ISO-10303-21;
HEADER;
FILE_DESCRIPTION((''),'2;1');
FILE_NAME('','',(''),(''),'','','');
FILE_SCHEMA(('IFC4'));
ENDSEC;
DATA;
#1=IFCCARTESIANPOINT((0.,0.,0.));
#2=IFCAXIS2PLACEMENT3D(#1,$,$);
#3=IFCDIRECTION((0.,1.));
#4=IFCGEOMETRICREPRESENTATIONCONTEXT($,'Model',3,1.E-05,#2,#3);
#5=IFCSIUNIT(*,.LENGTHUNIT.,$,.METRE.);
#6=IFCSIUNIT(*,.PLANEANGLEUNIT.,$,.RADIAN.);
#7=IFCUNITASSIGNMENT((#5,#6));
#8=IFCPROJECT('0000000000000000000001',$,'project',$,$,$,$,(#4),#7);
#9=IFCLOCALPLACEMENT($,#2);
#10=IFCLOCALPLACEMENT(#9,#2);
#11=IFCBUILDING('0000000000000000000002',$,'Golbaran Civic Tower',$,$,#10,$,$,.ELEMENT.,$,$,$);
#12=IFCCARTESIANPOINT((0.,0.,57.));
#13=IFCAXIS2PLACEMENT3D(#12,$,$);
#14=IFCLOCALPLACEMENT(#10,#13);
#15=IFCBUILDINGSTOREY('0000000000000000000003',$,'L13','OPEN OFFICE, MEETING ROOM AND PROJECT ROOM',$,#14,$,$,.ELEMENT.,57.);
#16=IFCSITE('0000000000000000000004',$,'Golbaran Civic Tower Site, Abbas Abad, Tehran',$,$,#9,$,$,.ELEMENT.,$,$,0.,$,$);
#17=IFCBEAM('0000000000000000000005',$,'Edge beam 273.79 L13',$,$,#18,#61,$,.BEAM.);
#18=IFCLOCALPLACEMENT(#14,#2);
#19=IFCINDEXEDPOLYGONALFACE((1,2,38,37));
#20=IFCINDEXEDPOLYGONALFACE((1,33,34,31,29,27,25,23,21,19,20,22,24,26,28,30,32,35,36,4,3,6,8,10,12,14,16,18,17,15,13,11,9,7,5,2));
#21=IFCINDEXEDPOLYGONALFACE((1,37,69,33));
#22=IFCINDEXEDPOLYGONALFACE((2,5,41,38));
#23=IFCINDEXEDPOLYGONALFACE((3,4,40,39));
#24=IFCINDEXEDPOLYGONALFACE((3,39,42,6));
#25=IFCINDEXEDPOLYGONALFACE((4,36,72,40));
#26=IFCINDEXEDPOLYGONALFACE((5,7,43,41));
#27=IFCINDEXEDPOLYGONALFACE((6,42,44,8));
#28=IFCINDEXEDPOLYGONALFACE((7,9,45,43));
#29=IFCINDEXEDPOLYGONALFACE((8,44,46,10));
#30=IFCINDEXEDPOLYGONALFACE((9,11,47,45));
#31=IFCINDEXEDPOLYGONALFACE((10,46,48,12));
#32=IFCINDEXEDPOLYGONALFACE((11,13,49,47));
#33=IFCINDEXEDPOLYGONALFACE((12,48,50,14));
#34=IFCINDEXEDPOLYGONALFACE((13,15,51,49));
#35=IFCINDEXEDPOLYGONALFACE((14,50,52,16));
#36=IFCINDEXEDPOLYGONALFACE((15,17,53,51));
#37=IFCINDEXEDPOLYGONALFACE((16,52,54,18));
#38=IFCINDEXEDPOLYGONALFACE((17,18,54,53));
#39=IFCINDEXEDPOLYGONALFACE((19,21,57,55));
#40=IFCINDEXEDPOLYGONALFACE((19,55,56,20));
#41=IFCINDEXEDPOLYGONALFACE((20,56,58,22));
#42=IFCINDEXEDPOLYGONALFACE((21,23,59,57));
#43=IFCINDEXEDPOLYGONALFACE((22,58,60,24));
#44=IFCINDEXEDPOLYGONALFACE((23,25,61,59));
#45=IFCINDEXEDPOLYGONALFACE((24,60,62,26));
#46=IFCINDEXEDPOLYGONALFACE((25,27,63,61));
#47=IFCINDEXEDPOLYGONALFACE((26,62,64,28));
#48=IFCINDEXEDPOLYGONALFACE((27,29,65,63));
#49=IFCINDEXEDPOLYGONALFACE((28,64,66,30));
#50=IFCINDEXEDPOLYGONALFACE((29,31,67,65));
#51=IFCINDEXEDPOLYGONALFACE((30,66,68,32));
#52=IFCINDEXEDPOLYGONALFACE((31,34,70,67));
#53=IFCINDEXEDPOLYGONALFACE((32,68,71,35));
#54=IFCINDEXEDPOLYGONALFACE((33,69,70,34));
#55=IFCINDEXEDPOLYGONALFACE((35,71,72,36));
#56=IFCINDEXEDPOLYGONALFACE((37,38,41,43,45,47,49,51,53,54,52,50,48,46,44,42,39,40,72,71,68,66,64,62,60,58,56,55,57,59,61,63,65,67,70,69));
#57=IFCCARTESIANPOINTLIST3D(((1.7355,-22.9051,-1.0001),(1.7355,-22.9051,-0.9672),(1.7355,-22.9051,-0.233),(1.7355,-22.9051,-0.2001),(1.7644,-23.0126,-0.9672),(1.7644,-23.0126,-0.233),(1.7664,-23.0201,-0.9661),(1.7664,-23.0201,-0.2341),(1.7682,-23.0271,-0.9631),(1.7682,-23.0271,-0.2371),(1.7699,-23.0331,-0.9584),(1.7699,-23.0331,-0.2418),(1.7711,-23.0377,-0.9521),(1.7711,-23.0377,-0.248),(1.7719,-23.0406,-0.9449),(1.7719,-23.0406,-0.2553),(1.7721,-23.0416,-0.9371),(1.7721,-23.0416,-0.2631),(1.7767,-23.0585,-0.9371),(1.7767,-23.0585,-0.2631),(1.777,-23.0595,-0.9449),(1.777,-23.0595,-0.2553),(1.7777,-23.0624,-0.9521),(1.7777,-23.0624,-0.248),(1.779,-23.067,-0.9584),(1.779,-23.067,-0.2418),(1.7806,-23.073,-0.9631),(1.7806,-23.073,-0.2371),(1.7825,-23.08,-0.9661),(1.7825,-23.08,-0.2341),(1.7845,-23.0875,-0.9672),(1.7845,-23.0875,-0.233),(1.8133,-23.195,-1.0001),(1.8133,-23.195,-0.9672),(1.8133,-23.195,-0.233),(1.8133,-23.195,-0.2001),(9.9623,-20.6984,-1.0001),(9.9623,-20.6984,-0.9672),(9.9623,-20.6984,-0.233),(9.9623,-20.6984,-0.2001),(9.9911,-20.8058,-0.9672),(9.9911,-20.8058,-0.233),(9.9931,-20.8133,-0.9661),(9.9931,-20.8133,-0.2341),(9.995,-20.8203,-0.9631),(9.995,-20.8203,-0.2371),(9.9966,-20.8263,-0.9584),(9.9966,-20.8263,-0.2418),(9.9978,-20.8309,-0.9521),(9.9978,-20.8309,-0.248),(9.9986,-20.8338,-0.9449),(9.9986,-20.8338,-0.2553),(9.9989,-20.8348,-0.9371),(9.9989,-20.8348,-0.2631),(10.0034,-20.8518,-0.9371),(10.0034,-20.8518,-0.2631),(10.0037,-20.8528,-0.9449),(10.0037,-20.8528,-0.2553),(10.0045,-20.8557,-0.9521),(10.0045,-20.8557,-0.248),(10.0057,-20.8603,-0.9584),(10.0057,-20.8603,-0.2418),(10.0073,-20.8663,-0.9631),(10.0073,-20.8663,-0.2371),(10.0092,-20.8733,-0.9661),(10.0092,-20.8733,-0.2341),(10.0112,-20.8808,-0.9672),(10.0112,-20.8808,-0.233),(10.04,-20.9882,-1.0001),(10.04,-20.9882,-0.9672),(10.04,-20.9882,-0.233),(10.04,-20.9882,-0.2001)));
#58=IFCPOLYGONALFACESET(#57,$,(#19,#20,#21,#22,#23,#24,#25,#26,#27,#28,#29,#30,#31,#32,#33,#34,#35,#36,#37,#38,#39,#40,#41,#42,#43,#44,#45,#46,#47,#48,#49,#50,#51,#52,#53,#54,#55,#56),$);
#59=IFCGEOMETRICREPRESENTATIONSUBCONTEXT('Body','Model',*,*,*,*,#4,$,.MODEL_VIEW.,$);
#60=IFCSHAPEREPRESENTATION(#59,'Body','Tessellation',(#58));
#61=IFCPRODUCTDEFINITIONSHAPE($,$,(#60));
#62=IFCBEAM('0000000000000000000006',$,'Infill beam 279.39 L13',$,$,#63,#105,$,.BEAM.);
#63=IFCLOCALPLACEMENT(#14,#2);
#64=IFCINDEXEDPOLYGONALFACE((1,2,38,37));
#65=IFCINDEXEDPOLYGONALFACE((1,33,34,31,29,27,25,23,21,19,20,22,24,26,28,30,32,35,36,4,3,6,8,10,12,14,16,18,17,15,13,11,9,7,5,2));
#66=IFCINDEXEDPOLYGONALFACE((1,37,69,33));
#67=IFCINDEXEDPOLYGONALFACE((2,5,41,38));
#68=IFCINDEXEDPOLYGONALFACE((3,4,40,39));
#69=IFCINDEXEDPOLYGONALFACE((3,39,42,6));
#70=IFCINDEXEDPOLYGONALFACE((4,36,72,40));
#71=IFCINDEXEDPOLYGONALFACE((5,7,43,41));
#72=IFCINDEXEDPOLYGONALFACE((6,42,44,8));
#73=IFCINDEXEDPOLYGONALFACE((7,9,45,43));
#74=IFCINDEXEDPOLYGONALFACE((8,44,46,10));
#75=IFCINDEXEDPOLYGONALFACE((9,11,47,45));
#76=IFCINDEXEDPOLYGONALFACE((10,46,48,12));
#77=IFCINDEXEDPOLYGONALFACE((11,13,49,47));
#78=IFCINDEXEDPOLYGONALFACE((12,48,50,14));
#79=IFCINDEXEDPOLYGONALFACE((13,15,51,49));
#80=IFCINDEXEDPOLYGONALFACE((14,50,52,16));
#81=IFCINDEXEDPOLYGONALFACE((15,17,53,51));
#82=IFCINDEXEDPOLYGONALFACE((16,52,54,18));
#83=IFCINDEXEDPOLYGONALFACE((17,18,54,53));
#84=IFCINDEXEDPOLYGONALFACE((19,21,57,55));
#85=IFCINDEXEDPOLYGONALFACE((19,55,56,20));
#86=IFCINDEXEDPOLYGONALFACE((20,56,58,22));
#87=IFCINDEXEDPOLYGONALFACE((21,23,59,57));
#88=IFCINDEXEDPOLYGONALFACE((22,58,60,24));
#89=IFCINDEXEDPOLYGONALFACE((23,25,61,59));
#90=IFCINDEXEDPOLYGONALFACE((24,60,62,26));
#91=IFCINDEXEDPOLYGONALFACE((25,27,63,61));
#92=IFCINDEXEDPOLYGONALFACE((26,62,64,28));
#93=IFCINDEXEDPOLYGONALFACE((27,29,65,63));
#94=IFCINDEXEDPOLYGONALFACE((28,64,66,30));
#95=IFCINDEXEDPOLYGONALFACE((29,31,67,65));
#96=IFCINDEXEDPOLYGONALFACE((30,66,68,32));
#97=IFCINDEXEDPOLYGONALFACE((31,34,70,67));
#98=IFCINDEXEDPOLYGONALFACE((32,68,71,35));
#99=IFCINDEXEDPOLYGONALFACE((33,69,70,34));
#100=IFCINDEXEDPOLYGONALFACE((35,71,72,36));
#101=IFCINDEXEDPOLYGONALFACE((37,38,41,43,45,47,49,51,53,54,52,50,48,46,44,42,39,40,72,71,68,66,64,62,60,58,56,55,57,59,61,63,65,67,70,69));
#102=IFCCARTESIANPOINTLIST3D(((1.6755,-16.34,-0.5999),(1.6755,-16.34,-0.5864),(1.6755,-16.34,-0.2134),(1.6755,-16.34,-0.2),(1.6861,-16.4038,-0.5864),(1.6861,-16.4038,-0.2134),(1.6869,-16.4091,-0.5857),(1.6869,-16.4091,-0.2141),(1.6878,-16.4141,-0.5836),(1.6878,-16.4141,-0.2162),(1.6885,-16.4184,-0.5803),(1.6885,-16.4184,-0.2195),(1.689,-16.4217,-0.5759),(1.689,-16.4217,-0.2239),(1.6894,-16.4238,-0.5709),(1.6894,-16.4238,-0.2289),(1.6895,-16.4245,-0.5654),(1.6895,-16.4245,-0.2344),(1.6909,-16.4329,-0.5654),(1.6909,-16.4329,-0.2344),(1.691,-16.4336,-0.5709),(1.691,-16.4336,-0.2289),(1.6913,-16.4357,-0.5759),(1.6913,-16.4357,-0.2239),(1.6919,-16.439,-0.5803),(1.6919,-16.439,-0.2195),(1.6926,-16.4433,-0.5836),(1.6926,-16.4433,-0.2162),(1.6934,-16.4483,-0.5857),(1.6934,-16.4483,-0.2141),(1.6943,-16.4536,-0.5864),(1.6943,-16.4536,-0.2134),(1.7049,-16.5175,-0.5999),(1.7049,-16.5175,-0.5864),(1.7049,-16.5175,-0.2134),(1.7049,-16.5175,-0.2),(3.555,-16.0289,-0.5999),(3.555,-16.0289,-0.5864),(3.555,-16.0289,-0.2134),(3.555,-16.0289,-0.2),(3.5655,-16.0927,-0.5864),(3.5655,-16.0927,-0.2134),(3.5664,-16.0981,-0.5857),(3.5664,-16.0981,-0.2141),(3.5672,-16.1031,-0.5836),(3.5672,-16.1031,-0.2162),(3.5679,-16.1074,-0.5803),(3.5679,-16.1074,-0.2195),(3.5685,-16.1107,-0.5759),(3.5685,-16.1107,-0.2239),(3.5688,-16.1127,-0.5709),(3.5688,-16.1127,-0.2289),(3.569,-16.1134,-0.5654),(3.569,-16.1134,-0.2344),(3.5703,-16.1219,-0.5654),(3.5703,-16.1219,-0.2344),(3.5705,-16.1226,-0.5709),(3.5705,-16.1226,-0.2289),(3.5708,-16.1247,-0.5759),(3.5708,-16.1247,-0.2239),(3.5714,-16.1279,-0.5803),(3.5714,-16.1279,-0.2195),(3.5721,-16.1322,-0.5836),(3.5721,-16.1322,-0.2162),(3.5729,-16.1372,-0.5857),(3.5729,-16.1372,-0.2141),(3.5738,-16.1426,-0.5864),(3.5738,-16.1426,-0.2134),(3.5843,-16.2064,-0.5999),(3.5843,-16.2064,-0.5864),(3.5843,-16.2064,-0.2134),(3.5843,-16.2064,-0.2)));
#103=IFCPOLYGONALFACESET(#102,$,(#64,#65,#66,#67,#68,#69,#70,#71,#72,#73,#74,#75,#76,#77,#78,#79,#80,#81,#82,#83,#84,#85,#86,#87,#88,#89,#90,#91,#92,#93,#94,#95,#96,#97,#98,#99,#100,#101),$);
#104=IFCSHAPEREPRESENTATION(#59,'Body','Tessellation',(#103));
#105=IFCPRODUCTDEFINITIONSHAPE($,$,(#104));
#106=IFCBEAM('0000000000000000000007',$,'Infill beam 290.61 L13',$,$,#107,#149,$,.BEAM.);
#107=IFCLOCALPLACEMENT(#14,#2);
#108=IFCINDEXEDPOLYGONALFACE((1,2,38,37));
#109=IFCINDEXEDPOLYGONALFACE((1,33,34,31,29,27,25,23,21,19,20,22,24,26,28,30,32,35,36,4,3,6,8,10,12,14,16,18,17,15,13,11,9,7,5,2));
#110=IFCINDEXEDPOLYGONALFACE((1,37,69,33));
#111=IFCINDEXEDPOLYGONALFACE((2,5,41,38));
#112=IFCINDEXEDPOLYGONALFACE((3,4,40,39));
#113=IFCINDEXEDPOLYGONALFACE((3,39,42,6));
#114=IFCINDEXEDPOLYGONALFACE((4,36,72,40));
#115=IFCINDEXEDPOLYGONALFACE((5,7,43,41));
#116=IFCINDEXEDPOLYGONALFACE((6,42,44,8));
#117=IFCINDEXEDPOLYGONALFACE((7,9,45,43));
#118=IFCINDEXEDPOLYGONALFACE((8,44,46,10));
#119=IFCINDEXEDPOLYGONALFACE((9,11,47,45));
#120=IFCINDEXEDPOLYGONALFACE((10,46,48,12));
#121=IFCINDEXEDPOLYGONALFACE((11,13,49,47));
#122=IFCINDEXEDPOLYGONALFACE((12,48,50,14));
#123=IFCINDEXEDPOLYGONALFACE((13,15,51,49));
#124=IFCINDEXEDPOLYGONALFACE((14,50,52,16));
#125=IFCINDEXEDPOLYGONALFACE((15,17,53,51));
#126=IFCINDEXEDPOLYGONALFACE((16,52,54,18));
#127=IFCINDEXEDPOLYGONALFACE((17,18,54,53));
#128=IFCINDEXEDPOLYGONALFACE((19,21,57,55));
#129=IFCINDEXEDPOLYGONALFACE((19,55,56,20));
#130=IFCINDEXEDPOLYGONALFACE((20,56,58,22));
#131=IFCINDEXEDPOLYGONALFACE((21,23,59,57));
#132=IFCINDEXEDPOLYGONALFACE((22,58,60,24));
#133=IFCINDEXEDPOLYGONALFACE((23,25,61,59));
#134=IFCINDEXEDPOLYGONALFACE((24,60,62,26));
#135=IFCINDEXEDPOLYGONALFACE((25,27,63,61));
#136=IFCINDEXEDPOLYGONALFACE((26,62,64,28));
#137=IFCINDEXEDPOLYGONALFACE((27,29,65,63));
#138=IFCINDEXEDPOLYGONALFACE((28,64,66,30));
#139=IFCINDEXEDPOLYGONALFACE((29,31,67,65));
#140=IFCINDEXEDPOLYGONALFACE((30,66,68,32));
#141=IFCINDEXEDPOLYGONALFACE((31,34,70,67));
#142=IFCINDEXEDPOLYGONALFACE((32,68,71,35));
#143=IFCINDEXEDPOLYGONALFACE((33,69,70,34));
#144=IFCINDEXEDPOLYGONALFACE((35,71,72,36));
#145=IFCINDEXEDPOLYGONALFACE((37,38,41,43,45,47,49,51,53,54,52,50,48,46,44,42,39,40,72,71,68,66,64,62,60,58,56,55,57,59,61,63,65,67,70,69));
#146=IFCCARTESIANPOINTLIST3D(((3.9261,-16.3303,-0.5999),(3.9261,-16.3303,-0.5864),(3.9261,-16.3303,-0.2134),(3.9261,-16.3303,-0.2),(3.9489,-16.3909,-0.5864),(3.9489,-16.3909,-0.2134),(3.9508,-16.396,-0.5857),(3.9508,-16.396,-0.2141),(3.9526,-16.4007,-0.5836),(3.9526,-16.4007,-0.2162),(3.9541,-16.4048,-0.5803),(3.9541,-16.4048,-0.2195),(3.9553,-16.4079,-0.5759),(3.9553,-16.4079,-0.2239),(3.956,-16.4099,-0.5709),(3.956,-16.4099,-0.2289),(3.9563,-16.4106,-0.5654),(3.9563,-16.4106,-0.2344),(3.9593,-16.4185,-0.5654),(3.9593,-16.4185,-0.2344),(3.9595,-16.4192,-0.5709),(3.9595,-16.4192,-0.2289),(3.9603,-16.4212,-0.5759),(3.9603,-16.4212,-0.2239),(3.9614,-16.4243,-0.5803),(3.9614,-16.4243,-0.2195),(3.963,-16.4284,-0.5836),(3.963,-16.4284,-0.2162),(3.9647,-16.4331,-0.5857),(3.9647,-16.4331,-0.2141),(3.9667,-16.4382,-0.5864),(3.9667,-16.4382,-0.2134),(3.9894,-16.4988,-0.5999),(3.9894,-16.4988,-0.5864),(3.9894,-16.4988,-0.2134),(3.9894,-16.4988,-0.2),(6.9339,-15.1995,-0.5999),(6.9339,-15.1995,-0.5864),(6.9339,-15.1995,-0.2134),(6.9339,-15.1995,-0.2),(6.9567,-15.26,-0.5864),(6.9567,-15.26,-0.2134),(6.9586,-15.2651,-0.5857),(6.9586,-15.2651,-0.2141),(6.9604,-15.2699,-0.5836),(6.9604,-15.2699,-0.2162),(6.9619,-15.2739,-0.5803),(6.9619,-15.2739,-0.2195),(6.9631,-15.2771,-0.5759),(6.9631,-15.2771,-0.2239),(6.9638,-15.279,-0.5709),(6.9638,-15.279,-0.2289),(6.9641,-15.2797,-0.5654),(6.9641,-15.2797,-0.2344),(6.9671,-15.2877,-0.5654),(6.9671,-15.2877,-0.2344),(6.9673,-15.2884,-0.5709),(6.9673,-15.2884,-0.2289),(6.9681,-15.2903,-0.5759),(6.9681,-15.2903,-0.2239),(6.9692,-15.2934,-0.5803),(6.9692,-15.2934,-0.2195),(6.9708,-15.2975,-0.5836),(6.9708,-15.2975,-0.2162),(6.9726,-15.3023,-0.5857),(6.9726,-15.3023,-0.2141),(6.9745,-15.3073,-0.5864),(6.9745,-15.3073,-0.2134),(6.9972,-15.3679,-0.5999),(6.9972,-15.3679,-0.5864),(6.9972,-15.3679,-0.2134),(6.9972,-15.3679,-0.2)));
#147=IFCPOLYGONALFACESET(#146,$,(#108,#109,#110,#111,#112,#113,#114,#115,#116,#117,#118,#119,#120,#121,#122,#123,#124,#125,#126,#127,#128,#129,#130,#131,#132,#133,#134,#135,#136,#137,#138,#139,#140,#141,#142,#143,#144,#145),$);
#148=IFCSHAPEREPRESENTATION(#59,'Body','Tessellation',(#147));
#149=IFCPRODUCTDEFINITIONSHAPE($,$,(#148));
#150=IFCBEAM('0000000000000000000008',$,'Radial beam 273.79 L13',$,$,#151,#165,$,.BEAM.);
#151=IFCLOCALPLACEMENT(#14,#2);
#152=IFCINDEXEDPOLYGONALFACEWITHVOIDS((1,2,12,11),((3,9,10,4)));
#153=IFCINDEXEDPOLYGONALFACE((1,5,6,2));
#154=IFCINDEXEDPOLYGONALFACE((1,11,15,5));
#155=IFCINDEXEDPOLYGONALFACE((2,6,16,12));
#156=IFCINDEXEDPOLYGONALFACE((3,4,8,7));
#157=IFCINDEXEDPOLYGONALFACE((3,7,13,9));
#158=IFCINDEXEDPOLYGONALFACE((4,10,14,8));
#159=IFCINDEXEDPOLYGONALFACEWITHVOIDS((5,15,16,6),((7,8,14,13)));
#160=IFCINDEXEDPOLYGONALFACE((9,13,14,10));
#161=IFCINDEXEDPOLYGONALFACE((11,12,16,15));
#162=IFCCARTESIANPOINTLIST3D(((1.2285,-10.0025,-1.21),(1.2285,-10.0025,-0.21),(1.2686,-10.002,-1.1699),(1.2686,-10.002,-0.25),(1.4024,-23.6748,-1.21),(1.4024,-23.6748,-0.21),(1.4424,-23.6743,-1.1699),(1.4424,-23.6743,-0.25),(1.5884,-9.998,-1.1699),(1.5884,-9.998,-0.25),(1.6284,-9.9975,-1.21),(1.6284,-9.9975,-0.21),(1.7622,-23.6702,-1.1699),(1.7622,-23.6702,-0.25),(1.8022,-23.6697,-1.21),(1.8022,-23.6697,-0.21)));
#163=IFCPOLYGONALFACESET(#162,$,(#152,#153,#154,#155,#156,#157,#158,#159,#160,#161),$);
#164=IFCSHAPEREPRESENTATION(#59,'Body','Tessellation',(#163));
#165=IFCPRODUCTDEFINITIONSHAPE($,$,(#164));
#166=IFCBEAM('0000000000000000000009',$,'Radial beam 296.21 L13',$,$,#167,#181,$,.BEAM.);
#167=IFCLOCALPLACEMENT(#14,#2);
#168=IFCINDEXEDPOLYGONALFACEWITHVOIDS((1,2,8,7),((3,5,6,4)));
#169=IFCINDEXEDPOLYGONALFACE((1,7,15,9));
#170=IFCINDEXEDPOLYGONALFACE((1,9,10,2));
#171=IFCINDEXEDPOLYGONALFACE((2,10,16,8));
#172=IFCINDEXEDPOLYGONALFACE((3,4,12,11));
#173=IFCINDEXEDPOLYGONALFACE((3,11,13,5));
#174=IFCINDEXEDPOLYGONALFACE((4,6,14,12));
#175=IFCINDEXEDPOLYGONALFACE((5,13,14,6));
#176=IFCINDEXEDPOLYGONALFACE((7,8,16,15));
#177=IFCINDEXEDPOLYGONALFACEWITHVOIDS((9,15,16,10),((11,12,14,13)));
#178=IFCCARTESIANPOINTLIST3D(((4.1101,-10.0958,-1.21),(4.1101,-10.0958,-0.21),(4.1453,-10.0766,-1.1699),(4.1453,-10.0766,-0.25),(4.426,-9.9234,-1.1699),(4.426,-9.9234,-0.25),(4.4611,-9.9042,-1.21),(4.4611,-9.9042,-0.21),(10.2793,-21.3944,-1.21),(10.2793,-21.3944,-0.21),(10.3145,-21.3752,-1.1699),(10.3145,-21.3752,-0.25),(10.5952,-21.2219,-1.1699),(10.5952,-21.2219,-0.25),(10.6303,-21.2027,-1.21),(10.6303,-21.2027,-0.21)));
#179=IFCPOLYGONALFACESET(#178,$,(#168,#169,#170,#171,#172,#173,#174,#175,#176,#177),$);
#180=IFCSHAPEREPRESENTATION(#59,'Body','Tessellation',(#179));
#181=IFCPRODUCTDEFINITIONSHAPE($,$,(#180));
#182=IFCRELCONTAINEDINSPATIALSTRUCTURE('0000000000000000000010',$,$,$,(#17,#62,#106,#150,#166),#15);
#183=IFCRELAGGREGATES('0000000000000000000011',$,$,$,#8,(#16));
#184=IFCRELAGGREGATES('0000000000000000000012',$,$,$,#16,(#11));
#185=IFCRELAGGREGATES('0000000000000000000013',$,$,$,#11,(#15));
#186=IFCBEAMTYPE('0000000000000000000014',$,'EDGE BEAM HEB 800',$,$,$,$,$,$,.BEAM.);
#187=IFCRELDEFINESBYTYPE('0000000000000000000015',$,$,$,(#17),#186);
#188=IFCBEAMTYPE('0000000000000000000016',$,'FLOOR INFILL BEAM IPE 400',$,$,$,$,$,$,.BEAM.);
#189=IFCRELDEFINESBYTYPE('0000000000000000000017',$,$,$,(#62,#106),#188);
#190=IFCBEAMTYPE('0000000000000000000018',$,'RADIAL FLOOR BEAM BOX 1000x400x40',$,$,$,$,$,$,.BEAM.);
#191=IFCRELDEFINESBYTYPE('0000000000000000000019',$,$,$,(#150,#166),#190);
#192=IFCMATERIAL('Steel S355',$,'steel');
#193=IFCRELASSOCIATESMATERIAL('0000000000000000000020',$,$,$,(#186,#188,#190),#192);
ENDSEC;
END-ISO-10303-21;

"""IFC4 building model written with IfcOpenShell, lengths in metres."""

from ifc_helpers import new_model, si_unit, direction, frame, origin, origin_2d, place, context, subcontext, project, spatial, hollow_rectangle, i_section, extrude, material, material_profile, profile_set, type_object, element, save


model = new_model("IFC4")

# Units and contexts
model_context = context("Model", 3, precision=1e-05, world=origin(), true_north=direction((0.0, 1.0)))
body_context = subcontext(model_context, "Body", "Model", "MODEL_VIEW")
ifc_project = project(units=[si_unit("LENGTHUNIT", "METRE"), si_unit("PLANEANGLEUNIT", "RADIAN")], contexts=[model_context])

# Site, building, storey
site_placement = place(None, origin())
site = spatial("IfcSite", under=ifc_project, at=site_placement, Name="Golbaran Civic Tower Site, Abbas Abad, Tehran", CompositionType="ELEMENT", RefElevation=0.0)
building_placement = place(site_placement, origin())
building = spatial("IfcBuilding", under=site, at=building_placement, Name="Golbaran Civic Tower", CompositionType="ELEMENT")
storey_placement = place(building_placement, frame((0.0, 0.0, 57.0)))
storey = spatial("IfcBuildingStorey", under=building, at=storey_placement, Name="L13", Description="OPEN OFFICE, MEETING ROOM AND PROJECT ROOM", CompositionType="ELEMENT", Elevation=57.0)

# Beams
ifc_material_1 = material(Name="Steel S355", Category="steel")
ifc_material_profile_1 = material_profile(ifc_material_1, i_section(OverallWidth=0.3, OverallDepth=0.8, WebThickness=0.0176, FlangeThickness=0.033, FilletRadius=0.03, at=origin_2d()), Name="HEB 800")
ifc_profile_set_1 = profile_set([ifc_material_profile_1], Name="Steel S355")
beam_type_1 = type_object("IfcBeamType", Name="EDGE BEAM HEB 800", PredefinedType="BEAM", material=ifc_profile_set_1)
beam_1_placement = place(storey_placement, frame((1.7744, -23.05, -0.6001), z_axis=(0.965855, 0.259084, 0.0), x_axis=(-0.259084, 0.965855, 0.0)))
element("IfcBeam", 1, at=beam_1_placement, inside=storey, type_object=beam_type_1, Name="Edge beam 273.79 L13", PredefinedType="BEAM", context=body_context, shape_type="SweptSolid", body=[
    extrude(i_section(OverallWidth=0.3, OverallDepth=0.8, WebThickness=0.0176, FlangeThickness=0.033, FilletRadius=0.03, at=origin_2d()), origin(), (0.0, 0.0, 1.0), 8.5176),
])
ifc_material_profile_2 = material_profile(ifc_material_1, i_section(OverallWidth=0.1799, OverallDepth=0.3999, WebThickness=0.0085, FlangeThickness=0.0134, FilletRadius=0.021, at=origin_2d()), Name="IPE 400")
ifc_profile_set_2 = profile_set([ifc_material_profile_2], Name="Steel S355")
beam_type_2 = type_object("IfcBeamType", Name="FLOOR INFILL BEAM IPE 400", PredefinedType="BEAM", material=ifc_profile_set_2)
beam_2_placement = place(storey_placement, frame((1.6902, -16.4287, -0.3999), z_axis=(0.98658, 0.163277, 0.0), x_axis=(-0.163277, 0.98658, 0.0)))
element("IfcBeam", 2, at=beam_2_placement, inside=storey, type_object=beam_type_2, Name="Infill beam 279.39 L13", PredefinedType="BEAM", context=body_context, shape_type="SweptSolid", body=[
    extrude(i_section(OverallWidth=0.1799, OverallDepth=0.3999, WebThickness=0.0085, FlangeThickness=0.0134, FilletRadius=0.021, at=origin_2d()), origin(), (0.0, 0.0, 1.0), 1.905),
])
beam_3_placement = place(storey_placement, frame((3.9578, -16.4146, -0.3999), z_axis=(0.936029, 0.351923, 0.0), x_axis=(-0.351923, 0.936029, 0.0)))
element("IfcBeam", 3, at=beam_3_placement, inside=storey, type_object=beam_type_2, Name="Infill beam 290.61 L13", PredefinedType="BEAM", context=body_context, shape_type="SweptSolid", body=[
    extrude(i_section(OverallWidth=0.1799, OverallDepth=0.3999, WebThickness=0.0085, FlangeThickness=0.0134, FilletRadius=0.021, at=origin_2d()), origin(), (0.0, 0.0, 1.0), 3.2134),
])
ifc_material_profile_3 = material_profile(ifc_material_1, hollow_rectangle(XDim=0.3999, YDim=1.0, WallThickness=0.04, at=origin_2d()), Name="BOX 1000x400x40")
ifc_profile_set_3 = profile_set([ifc_material_profile_3], Name="Steel S355")
beam_type_3 = type_object("IfcBeamType", Name="RADIAL FLOOR BEAM BOX 1000x400x40", PredefinedType="BEAM", material=ifc_profile_set_3)
beam_4_placement = place(storey_placement, frame((1.4285, -10.0, -0.71), z_axis=(0.012713, -0.999919, 0.0), x_axis=(0.999919, 0.012713, 0.0)))
element("IfcBeam", 4, at=beam_4_placement, inside=storey, type_object=beam_type_3, Name="Radial beam 273.79 L13", PredefinedType="BEAM", context=body_context, shape_type="SweptSolid", body=[
    extrude(hollow_rectangle(XDim=0.3999, YDim=1.0, WallThickness=0.04, at=origin_2d()), origin(), (0.0, 0.0, 1.0), 13.6733),
])
beam_5_placement = place(storey_placement, frame((4.2856, -10.0, -0.71), z_axis=(0.479231, -0.877689, 0.0), x_axis=(0.877689, 0.479231, 0.0)))
element("IfcBeam", 5, at=beam_5_placement, inside=storey, type_object=beam_type_3, Name="Radial beam 296.21 L13", PredefinedType="BEAM", context=body_context, shape_type="SweptSolid", body=[
    extrude(hollow_rectangle(XDim=0.3999, YDim=1.0, WallThickness=0.04, at=origin_2d()), origin(), (0.0, 0.0, 1.0), 12.873),
])

save(model, "model.ifc")
